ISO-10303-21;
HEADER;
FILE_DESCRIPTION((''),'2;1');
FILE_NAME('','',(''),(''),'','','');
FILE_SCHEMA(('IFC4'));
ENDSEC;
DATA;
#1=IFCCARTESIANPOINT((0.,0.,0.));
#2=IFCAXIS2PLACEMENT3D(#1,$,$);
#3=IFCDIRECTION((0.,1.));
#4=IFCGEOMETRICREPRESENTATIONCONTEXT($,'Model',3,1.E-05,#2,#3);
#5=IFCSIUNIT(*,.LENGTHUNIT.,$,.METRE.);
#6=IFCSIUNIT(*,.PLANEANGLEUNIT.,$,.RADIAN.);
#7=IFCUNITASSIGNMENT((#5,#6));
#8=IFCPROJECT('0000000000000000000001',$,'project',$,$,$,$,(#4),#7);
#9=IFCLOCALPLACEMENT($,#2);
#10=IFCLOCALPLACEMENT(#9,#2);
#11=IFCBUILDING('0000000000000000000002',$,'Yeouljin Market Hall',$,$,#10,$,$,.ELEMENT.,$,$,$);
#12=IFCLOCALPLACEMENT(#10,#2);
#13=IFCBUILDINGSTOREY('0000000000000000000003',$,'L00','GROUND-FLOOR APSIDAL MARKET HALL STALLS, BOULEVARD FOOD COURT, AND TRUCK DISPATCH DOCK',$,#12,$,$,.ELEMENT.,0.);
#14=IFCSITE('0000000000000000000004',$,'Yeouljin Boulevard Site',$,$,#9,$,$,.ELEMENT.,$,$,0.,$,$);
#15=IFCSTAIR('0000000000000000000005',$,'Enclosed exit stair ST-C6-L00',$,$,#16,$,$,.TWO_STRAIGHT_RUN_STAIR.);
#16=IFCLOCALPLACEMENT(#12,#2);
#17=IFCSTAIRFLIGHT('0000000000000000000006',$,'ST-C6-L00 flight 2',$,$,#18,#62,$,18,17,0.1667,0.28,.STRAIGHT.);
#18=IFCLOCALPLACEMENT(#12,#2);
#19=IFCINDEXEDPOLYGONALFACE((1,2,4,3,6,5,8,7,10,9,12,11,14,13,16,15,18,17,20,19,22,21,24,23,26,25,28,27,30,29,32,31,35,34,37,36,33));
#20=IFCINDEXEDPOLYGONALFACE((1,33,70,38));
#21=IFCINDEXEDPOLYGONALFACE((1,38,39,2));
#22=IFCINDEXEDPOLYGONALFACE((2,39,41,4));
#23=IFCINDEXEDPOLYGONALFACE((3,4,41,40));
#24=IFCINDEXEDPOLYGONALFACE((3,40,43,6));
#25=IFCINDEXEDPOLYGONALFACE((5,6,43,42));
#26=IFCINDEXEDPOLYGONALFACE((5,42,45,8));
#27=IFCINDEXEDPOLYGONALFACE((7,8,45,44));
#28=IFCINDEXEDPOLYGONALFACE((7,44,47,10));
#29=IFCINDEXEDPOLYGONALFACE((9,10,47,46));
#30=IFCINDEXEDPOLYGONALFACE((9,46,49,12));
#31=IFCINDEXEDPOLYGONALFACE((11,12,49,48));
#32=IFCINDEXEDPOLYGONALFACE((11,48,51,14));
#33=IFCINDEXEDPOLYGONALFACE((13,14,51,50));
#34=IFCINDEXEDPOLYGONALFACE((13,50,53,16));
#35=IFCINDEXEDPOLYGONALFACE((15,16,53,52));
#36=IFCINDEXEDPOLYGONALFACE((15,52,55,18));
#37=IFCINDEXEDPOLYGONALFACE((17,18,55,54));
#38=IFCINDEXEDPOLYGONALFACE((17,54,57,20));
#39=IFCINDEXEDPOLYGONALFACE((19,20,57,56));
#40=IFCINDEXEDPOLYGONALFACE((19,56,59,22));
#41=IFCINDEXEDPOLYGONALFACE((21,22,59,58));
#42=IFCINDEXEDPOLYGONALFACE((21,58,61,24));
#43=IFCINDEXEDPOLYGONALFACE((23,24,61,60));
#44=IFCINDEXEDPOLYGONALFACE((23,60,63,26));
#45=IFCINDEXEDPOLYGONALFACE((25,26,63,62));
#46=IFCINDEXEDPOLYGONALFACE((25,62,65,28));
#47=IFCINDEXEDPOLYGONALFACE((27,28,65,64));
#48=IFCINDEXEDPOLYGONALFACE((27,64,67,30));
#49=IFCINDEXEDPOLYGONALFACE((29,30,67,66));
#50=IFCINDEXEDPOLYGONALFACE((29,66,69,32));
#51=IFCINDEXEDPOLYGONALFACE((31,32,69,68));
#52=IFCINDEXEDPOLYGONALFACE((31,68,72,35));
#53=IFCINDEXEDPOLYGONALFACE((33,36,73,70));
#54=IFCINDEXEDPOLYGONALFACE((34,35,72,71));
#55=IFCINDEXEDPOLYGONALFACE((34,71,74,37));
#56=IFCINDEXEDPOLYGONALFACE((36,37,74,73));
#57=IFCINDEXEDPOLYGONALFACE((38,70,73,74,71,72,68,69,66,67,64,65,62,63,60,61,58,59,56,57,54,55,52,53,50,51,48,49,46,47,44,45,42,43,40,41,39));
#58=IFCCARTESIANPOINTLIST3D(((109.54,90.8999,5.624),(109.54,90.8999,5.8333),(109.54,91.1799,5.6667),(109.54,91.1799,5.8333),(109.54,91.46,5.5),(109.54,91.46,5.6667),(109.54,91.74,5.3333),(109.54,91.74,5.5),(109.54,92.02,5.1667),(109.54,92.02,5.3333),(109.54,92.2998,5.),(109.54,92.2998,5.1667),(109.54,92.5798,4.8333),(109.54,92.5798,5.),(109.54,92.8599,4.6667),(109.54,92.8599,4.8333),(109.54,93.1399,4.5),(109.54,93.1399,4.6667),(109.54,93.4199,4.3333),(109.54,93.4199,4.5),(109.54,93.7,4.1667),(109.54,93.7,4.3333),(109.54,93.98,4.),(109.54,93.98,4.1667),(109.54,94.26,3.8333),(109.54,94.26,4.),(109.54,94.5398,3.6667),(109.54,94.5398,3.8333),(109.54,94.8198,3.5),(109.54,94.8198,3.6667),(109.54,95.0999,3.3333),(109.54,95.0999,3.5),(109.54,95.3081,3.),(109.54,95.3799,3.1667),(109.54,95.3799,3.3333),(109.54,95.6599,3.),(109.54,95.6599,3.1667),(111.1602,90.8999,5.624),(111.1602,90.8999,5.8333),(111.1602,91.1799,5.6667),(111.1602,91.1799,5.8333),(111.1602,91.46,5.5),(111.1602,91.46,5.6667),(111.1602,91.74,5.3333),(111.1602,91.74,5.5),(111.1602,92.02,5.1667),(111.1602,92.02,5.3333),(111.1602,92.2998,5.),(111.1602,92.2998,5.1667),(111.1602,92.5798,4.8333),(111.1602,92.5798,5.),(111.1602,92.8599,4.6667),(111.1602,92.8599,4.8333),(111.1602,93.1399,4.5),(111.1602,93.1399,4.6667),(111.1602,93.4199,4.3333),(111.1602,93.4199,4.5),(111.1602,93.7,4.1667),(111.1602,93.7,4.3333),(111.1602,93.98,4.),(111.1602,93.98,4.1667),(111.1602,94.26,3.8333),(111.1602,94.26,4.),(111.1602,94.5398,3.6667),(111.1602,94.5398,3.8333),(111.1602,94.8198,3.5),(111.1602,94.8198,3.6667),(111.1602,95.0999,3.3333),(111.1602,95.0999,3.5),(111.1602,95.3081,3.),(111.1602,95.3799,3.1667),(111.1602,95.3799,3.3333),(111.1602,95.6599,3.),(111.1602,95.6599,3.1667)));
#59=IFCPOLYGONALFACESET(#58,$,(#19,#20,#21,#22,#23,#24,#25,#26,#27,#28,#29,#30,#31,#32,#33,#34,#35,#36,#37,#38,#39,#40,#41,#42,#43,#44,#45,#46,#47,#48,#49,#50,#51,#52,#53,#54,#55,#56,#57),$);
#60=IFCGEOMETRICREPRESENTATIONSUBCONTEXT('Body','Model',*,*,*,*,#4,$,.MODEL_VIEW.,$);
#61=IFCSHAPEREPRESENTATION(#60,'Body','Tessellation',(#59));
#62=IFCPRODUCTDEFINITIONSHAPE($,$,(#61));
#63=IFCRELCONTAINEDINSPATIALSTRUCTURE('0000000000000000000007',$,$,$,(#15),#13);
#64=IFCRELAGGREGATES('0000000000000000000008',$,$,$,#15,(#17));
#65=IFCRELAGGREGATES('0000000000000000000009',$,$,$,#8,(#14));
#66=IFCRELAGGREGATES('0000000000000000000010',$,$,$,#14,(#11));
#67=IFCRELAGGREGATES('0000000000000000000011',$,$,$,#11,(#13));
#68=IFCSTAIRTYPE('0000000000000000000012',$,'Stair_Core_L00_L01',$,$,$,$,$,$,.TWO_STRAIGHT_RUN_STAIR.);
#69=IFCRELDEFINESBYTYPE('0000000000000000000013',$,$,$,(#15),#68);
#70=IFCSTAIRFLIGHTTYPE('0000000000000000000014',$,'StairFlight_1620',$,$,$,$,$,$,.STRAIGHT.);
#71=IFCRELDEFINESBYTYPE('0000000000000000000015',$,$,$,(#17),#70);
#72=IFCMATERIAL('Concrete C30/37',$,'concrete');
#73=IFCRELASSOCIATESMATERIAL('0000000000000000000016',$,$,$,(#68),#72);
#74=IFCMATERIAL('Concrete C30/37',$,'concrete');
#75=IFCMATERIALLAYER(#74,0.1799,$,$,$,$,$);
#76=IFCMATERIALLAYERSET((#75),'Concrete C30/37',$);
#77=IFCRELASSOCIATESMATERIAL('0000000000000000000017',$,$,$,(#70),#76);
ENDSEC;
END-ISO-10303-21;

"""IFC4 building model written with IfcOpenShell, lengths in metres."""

from ifc_helpers import new_model, si_unit, direction, frame, origin, place, context, subcontext, project, spatial, polyline, outline, extrude, material, layer, layer_set, type_object, element, aggregate, save


model = new_model("IFC4")

# Units and contexts
model_context = context("Model", 3, precision=1e-05, world=origin(), true_north=direction((0.0, 1.0)))
body_context = subcontext(model_context, "Body", "Model", "MODEL_VIEW")
ifc_project = project(units=[si_unit("LENGTHUNIT", "METRE"), si_unit("PLANEANGLEUNIT", "RADIAN")], contexts=[model_context])

# Site, building, storey
site_placement = place(None, origin())
site = spatial("IfcSite", under=ifc_project, at=site_placement, Name="Yeouljin Boulevard Site", CompositionType="ELEMENT", RefElevation=0.0)
building_placement = place(site_placement, origin())
building = spatial("IfcBuilding", under=site, at=building_placement, Name="Yeouljin Market Hall", CompositionType="ELEMENT")
storey_placement = place(building_placement, origin())
storey = spatial("IfcBuildingStorey", under=building, at=storey_placement, Name="L00", Description="GROUND-FLOOR APSIDAL MARKET HALL STALLS, BOULEVARD FOOD COURT, AND TRUCK DISPATCH DOCK", CompositionType="ELEMENT", Elevation=0.0)

# Stair, stair flight
ifc_material_1 = material(Name="Concrete C30/37", Category="concrete")
stair_type = type_object("IfcStairType", Name="Stair_Core_L00_L01", PredefinedType="TWO_STRAIGHT_RUN_STAIR", material=ifc_material_1)
stair_placement = place(storey_placement, origin())
stair = element("IfcStair", 1, at=stair_placement, inside=storey, type_object=stair_type, Name="Enclosed exit stair ST-C6-L00", PredefinedType="TWO_STRAIGHT_RUN_STAIR")
ifc_material_2 = material(Name="Concrete C30/37", Category="concrete")
ifc_layer_1 = layer(ifc_material_2, 0.1799)
ifc_layer_set_1 = layer_set([ifc_layer_1], Name="Concrete C30/37")
stair_flight_type = type_object("IfcStairFlightType", Name="StairFlight_1620", PredefinedType="STRAIGHT", material=ifc_layer_set_1)
stair_flight_1_placement = place(storey_placement, frame((110.3501, 95.6599, 3.0), z_axis=(0.0, 0.0, 1.0), x_axis=(0.0, -1.0, 0.0)))
stair_flight_1 = element("IfcStairFlight", 2, at=stair_flight_1_placement, type_object=stair_flight_type, Name="ST-C6-L00 flight 2", NumberOfRisers=18, NumberOfTreads=17, PredefinedType="STRAIGHT", RiserHeight=0.1667, TreadLength=0.28, context=body_context, shape_type="SweptSolid", body=[
    extrude(outline(polyline([(0.0, 0.0), (0.0, 0.1667), (0.28, 0.1667), (0.28, 0.3333), (0.5601, 0.3333), (0.5601, 0.5), (0.8401, 0.5), (0.8401, 0.6667), (1.1201, 0.6667), (1.1201, 0.8333), (1.3999, 0.8333), (1.3999, 1.0), (1.6799, 1.0), (1.6799, 1.1667), (1.96, 1.1667), (1.96, 1.3333), (2.24, 1.3333), (2.24, 1.5), (2.52, 1.5), (2.52, 1.6667), (2.8, 1.6667), (2.8, 1.8333), (3.0801, 1.8333), (3.0801, 2.0), (3.3601, 2.0), (3.3601, 2.1667), (3.6399, 2.1667), (3.6399, 2.3333), (3.9199, 2.3333), (3.9199, 2.5), (4.2, 2.5), (4.2, 2.6667), (4.48, 2.6667), (4.48, 2.8333), (4.76, 2.8333), (4.76, 3.0), (4.76, 2.624), (0.3518, 0.0), (0.0, 0.0)])), frame((0.0, 0.8101, 0.0), z_axis=(0.0, -1.0, 0.0), x_axis=(1.0, 0.0, 0.0)), (0.0, 0.0, 1.0), 1.6201),
])
aggregate(stair, [stair_flight_1])

save(model, "model.ifc")
